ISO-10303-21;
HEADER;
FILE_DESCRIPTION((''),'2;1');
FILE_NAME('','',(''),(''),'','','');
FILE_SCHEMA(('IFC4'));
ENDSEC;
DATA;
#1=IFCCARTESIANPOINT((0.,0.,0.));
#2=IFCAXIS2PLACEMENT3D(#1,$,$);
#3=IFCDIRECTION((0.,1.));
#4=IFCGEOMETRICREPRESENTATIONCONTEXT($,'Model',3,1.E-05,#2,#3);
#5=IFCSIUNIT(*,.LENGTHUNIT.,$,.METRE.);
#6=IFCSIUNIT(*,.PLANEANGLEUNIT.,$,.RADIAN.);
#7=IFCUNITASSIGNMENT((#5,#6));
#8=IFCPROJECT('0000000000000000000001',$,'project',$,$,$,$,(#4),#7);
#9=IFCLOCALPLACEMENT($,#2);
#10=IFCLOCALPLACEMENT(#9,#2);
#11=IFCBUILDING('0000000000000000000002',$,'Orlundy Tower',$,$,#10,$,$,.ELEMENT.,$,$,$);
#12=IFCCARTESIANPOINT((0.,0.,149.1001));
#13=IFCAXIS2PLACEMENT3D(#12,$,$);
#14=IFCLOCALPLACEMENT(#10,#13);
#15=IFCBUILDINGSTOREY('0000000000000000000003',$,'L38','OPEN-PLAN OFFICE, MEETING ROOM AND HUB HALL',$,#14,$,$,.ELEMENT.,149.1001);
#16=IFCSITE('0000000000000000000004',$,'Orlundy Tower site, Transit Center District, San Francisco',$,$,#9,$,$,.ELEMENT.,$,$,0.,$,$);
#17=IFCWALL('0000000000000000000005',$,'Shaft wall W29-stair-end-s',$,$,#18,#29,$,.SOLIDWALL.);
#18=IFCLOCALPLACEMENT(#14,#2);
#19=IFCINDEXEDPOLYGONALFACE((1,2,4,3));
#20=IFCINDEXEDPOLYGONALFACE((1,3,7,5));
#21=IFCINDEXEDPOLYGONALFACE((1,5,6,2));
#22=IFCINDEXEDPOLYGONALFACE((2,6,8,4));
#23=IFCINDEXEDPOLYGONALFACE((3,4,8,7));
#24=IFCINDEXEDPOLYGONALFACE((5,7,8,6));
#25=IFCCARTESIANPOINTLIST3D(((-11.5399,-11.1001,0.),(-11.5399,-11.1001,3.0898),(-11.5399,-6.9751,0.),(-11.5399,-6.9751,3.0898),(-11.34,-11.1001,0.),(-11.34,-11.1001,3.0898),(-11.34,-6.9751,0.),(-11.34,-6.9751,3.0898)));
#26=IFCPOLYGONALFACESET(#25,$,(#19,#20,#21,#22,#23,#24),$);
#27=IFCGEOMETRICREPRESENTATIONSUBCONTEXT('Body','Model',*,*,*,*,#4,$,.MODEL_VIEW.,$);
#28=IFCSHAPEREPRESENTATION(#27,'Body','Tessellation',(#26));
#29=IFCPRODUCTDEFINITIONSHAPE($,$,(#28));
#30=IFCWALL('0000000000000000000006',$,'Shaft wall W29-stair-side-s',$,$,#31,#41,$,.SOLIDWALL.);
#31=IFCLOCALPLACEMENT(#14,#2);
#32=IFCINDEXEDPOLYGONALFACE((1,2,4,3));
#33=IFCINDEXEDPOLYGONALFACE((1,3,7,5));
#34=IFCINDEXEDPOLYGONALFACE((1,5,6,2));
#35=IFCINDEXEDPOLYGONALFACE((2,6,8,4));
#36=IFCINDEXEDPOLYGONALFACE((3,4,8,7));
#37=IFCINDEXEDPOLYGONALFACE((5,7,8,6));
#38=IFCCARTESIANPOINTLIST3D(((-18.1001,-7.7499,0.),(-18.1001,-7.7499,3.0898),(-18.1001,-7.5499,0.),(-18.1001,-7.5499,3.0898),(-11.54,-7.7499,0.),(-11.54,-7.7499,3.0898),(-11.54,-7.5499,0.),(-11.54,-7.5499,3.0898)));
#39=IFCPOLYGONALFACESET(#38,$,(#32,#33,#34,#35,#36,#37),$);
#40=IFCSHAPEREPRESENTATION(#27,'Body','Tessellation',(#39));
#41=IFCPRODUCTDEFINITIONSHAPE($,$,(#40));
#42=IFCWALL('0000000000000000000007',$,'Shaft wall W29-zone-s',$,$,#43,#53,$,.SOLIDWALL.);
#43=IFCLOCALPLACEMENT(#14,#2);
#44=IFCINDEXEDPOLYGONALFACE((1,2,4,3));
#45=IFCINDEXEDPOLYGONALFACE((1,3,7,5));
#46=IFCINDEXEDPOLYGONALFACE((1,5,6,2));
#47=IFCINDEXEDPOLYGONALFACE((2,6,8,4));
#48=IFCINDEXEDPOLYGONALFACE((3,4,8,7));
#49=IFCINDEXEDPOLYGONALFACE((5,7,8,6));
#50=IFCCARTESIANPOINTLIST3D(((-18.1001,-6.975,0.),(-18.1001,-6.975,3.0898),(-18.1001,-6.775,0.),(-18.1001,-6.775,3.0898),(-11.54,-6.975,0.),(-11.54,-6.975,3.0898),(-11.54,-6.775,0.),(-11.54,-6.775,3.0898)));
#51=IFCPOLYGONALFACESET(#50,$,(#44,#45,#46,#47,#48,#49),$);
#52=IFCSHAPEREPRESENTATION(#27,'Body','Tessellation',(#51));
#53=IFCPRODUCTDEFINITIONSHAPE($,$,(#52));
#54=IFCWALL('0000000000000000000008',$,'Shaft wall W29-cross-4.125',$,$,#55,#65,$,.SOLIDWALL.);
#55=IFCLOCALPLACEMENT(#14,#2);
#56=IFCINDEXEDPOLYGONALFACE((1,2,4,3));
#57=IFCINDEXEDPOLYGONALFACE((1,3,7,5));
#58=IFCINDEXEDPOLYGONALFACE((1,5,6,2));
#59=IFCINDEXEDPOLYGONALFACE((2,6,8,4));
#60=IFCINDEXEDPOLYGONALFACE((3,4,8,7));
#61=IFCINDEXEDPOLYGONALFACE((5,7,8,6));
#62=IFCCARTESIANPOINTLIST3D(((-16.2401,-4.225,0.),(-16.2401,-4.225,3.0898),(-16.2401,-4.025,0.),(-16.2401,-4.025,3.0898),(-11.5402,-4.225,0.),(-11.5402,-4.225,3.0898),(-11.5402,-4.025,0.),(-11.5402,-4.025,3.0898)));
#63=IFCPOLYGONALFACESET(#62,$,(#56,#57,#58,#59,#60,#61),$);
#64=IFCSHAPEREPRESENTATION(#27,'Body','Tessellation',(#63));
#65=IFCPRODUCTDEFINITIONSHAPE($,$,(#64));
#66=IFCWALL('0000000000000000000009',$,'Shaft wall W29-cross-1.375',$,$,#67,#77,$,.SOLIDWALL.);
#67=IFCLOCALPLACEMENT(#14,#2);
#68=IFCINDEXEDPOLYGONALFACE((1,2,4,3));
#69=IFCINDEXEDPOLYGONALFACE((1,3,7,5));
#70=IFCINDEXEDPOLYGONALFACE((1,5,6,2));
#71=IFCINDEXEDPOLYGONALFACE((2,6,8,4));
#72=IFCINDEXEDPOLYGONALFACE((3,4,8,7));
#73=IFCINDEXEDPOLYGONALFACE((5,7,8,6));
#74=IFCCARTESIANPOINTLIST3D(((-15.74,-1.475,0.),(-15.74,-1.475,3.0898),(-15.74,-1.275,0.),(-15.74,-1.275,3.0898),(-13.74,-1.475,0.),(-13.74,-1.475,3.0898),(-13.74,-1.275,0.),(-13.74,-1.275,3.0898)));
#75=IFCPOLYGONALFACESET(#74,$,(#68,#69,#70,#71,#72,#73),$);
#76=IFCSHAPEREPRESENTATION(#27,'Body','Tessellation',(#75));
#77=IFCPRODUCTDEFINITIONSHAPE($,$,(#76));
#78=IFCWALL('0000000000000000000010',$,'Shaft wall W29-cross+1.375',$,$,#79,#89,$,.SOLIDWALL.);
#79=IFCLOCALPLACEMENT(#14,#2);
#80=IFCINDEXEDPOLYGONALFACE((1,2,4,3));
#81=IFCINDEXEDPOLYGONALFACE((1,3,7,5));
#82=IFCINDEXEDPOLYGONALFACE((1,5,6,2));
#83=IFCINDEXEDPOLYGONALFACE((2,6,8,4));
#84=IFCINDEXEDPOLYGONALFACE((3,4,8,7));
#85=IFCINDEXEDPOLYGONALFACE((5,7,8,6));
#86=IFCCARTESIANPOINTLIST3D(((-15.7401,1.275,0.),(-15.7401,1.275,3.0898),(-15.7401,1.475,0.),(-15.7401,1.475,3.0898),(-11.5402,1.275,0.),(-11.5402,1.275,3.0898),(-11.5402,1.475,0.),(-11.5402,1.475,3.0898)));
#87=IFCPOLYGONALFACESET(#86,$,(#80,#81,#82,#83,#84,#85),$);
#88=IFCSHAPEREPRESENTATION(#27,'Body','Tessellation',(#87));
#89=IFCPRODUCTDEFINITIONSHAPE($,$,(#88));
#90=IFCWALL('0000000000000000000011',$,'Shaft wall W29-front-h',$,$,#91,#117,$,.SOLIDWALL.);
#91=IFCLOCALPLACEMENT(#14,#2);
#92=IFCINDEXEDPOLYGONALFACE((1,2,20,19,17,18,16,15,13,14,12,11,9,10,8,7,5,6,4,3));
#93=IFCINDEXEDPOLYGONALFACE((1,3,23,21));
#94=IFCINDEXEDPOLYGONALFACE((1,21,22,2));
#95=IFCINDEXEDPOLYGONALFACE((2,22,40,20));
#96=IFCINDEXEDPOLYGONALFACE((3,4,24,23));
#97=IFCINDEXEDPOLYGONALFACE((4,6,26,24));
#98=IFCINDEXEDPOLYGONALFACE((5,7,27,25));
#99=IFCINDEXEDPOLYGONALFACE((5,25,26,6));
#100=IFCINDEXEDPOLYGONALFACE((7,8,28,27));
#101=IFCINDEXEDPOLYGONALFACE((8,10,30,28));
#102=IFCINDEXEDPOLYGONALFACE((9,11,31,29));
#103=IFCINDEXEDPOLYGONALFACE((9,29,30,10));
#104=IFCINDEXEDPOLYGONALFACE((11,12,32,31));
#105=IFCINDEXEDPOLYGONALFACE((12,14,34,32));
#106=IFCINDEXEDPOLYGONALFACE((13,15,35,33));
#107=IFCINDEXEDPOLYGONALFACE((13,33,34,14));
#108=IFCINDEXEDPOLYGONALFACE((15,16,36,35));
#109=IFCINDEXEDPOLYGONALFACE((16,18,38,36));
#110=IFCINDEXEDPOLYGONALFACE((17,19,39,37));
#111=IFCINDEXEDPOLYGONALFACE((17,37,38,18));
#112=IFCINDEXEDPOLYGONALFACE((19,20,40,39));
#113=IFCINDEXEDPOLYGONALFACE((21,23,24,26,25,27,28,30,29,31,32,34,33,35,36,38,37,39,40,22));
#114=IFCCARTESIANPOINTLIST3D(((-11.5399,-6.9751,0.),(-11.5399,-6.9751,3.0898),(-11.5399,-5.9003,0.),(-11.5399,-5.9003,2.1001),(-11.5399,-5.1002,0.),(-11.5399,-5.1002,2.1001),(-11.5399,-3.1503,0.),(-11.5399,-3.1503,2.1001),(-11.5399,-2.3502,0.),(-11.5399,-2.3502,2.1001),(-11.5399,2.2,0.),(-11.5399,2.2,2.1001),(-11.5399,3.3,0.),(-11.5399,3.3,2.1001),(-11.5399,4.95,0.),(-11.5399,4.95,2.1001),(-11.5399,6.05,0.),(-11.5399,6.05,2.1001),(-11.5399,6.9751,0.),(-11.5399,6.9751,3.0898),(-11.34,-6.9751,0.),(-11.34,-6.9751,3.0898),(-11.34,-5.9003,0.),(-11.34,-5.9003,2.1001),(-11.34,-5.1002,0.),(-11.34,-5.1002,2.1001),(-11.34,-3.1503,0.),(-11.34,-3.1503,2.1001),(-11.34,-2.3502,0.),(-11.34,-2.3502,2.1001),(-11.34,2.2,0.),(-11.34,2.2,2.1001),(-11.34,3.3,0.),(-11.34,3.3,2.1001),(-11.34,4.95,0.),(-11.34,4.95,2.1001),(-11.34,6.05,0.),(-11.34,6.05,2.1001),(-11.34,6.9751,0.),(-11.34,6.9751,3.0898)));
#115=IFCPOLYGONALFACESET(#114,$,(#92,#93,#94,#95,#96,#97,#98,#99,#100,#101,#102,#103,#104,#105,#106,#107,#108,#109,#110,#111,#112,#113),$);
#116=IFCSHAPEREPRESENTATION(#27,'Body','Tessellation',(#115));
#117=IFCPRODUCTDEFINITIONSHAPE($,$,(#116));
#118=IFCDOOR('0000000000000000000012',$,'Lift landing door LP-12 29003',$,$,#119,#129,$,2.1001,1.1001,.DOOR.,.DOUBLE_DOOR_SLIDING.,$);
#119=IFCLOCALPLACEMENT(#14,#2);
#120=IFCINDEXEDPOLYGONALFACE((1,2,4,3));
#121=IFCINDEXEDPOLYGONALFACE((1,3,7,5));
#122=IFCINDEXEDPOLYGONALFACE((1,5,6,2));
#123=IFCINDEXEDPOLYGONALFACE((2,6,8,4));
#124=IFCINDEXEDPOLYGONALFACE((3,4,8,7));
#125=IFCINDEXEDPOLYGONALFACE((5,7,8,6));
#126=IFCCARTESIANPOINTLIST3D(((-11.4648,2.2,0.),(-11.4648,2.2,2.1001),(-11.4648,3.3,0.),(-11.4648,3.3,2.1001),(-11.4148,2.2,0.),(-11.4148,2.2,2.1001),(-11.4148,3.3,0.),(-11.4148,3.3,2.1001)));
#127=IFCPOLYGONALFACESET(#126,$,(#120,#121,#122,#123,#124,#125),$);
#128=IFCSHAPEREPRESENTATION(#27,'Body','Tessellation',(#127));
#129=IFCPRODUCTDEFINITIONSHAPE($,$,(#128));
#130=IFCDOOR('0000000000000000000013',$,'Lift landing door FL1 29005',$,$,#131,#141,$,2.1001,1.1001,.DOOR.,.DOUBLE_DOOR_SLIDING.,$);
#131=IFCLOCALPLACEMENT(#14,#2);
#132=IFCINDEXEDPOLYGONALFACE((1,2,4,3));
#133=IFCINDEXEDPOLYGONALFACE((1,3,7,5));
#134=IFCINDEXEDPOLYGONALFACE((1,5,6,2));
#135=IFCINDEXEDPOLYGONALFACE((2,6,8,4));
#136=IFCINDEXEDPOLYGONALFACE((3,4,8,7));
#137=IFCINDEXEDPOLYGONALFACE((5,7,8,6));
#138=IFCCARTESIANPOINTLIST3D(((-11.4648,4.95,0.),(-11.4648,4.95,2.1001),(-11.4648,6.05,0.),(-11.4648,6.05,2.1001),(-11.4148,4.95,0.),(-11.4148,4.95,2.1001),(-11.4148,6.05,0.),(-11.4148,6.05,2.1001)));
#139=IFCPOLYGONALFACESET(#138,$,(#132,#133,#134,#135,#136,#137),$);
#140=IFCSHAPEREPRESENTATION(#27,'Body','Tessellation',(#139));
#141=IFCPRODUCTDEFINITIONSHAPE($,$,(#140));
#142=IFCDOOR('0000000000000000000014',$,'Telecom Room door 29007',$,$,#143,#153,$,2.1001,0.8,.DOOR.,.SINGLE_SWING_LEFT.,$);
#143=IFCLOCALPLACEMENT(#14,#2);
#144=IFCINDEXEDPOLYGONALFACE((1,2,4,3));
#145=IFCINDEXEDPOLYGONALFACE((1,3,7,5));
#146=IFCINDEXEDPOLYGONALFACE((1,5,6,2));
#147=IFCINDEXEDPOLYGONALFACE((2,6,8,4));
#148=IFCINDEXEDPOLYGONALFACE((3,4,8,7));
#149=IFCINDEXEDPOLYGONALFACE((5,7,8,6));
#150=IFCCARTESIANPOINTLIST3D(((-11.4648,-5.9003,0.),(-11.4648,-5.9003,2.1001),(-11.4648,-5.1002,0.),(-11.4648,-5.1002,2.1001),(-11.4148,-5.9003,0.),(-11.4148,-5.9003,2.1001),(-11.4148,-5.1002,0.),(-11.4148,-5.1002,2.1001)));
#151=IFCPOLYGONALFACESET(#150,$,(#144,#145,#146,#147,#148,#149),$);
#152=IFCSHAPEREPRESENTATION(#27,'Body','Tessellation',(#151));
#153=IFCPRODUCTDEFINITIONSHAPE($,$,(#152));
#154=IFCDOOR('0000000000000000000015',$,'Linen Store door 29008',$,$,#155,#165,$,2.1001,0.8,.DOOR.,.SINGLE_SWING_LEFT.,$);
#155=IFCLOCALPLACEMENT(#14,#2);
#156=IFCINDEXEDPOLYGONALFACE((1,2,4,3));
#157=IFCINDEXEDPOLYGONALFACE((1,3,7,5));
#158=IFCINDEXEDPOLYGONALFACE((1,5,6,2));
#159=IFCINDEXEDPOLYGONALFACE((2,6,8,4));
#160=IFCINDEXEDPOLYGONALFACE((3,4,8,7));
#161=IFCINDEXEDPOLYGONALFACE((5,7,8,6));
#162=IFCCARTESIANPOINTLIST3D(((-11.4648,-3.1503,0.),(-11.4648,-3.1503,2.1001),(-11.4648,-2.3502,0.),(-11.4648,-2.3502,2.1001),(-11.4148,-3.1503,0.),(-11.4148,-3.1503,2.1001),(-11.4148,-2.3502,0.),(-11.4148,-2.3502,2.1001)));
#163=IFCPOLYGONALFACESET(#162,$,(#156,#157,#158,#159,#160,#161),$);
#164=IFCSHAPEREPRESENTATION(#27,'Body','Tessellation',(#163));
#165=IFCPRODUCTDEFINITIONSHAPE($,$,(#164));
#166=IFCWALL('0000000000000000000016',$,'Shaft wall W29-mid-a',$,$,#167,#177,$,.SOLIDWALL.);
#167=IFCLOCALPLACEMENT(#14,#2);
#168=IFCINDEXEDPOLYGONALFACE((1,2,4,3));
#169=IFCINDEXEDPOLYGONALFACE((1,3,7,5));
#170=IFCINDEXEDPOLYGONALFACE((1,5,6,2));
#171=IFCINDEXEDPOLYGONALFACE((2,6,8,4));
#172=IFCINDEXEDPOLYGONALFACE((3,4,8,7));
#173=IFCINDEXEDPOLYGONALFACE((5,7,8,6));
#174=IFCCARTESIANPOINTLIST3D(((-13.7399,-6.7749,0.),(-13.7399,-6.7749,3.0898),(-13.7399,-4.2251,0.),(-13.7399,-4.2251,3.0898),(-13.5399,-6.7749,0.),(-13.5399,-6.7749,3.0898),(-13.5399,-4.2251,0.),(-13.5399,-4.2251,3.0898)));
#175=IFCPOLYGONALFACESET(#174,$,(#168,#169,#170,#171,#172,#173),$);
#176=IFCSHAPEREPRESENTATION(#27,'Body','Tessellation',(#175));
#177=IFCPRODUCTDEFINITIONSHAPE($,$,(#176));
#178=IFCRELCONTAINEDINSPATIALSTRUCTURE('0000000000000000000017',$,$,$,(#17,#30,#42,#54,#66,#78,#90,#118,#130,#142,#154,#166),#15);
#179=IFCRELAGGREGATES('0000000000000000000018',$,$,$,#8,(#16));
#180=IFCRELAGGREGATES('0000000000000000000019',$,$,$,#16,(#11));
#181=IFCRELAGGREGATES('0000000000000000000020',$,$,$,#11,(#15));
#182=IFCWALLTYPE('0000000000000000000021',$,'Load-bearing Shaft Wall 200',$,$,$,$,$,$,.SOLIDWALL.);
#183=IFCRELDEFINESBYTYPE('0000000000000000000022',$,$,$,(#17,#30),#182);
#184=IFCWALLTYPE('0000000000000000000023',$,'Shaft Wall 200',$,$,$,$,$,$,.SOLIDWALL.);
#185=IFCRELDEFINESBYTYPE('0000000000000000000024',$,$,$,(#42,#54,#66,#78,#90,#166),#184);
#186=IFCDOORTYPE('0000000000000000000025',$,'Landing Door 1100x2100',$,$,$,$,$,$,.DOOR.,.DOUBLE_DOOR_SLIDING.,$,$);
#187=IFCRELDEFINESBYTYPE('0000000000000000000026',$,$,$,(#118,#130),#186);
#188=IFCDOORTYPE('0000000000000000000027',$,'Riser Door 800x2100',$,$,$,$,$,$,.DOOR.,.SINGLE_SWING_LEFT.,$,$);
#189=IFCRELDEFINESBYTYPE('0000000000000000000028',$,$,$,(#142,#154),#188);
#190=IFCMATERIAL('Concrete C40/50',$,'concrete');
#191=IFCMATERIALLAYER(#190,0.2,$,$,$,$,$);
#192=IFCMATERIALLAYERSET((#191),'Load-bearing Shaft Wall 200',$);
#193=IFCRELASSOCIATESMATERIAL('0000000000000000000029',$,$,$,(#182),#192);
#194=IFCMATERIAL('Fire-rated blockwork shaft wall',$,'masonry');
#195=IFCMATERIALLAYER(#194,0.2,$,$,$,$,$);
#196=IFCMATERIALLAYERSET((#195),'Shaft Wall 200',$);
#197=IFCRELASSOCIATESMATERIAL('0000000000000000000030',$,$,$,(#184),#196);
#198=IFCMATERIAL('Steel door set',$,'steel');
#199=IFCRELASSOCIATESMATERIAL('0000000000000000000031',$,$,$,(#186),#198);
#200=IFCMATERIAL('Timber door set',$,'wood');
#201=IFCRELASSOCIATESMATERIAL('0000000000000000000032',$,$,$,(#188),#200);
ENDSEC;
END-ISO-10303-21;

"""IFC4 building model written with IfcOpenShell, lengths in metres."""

from ifc_helpers import new_model, si_unit, direction, frame, frame_2d, origin, place, context, subcontext, project, spatial, rectangle, extrude, material, layer, layer_set, type_object, element, fill, save


model = new_model("IFC4")

# Units and contexts
model_context = context("Model", 3, precision=1e-05, world=origin(), true_north=direction((0.0, 1.0)))
body_context = subcontext(model_context, "Body", "Model", "MODEL_VIEW")
ifc_project = project(units=[si_unit("LENGTHUNIT", "METRE"), si_unit("PLANEANGLEUNIT", "RADIAN")], contexts=[model_context])

# Site, building, storey
site_placement = place(None, origin())
site = spatial("IfcSite", under=ifc_project, at=site_placement, Name="Orlundy Tower site, Transit Center District, San Francisco", CompositionType="ELEMENT", RefElevation=0.0)
building_placement = place(site_placement, origin())
building = spatial("IfcBuilding", under=site, at=building_placement, Name="Orlundy Tower", CompositionType="ELEMENT")
storey_placement = place(building_placement, frame((0.0, 0.0, 149.1001)))
storey = spatial("IfcBuildingStorey", under=building, at=storey_placement, Name="L38", Description="OPEN-PLAN OFFICE, MEETING ROOM AND HUB HALL", CompositionType="ELEMENT", Elevation=149.1001)

# Walls
ifc_material_1 = material(Name="Concrete C40/50", Category="concrete")
ifc_layer_1 = layer(ifc_material_1, 0.2)
ifc_layer_set_1 = layer_set([ifc_layer_1], Name="Load-bearing Shaft Wall 200")
wall_type_1 = type_object("IfcWallType", Name="Load-bearing Shaft Wall 200", PredefinedType="SOLIDWALL", material=ifc_layer_set_1)
wall_1_placement = place(storey_placement, frame((-11.4399, -11.1001, 0.0), z_axis=(0.0, 0.0, 1.0), x_axis=(0.0, 1.0, 0.0)))
element("IfcWall", 1, at=wall_1_placement, inside=storey, type_object=wall_type_1, Name="Shaft wall W29-stair-end-s", PredefinedType="SOLIDWALL", context=body_context, shape_type="SweptSolid", body=[
    extrude(rectangle(XDim=4.125, YDim=0.2, at=frame_2d((2.0625, 0.0))), origin(), (0.0, 0.0, 1.0), 3.0898),
])
wall_2_placement = place(storey_placement, frame((-11.54, -7.6499, 0.0), z_axis=(0.0, 0.0, 1.0), x_axis=(-1.0, 0.0, 0.0)))
element("IfcWall", 2, at=wall_2_placement, inside=storey, type_object=wall_type_1, Name="Shaft wall W29-stair-side-s", PredefinedType="SOLIDWALL", context=body_context, shape_type="SweptSolid", body=[
    extrude(rectangle(XDim=6.5601, YDim=0.2, at=frame_2d((3.28, 0.0))), origin(), (0.0, 0.0, 1.0), 3.0898),
])
ifc_material_2 = material(Name="Fire-rated blockwork shaft wall", Category="masonry")
ifc_layer_2 = layer(ifc_material_2, 0.2)
ifc_layer_set_2 = layer_set([ifc_layer_2], Name="Shaft Wall 200")
wall_type_2 = type_object("IfcWallType", Name="Shaft Wall 200", PredefinedType="SOLIDWALL", material=ifc_layer_set_2)
wall_3_placement = place(storey_placement, frame((-11.54, -6.875, 0.0), z_axis=(0.0, 0.0, 1.0), x_axis=(-1.0, 0.0, 0.0)))
element("IfcWall", 3, at=wall_3_placement, inside=storey, type_object=wall_type_2, Name="Shaft wall W29-zone-s", PredefinedType="SOLIDWALL", context=body_context, shape_type="SweptSolid", body=[
    extrude(rectangle(XDim=6.5601, YDim=0.2, at=frame_2d((3.28, 0.0))), origin(), (0.0, 0.0, 1.0), 3.0898),
])
wall_4_placement = place(storey_placement, frame((-11.54, -4.125, 0.0), z_axis=(0.0, 0.0, 1.0), x_axis=(-1.0, 0.0, 0.0)))
element("IfcWall", 4, at=wall_4_placement, inside=storey, type_object=wall_type_2, Name="Shaft wall W29-cross-4.125", PredefinedType="SOLIDWALL", context=body_context, shape_type="SweptSolid", body=[
    extrude(rectangle(XDim=4.7, YDim=0.2, at=frame_2d((2.3501, 0.0))), origin(), (0.0, 0.0, 1.0), 3.0898),
])
wall_5_placement = place(storey_placement, frame((-13.74, -1.375, 0.0), z_axis=(0.0, 0.0, 1.0), x_axis=(-1.0, 0.0, 0.0)))
element("IfcWall", 5, at=wall_5_placement, inside=storey, type_object=wall_type_2, Name="Shaft wall W29-cross-1.375", PredefinedType="SOLIDWALL", context=body_context, shape_type="SweptSolid", body=[
    extrude(rectangle(XDim=2.0, YDim=0.2, at=frame_2d((1.0, 0.0))), origin(), (0.0, 0.0, 1.0), 3.0898),
])
wall_6_placement = place(storey_placement, frame((-11.54, 1.375, 0.0), z_axis=(0.0, 0.0, 1.0), x_axis=(-1.0, 0.0, 0.0)))
element("IfcWall", 6, at=wall_6_placement, inside=storey, type_object=wall_type_2, Name="Shaft wall W29-cross+1.375", PredefinedType="SOLIDWALL", context=body_context, shape_type="SweptSolid", body=[
    extrude(rectangle(XDim=4.2, YDim=0.2, at=frame_2d((2.1001, 0.0))), origin(), (0.0, 0.0, 1.0), 3.0898),
])

# Wall, openings, doors
wall_7_placement = place(storey_placement, frame((-11.4399, -6.9751, 0.0), z_axis=(0.0, 0.0, 1.0), x_axis=(0.0, 1.0, 0.0)))
wall_7 = element("IfcWall", 7, at=wall_7_placement, inside=storey, type_object=wall_type_2, Name="Shaft wall W29-front-h", PredefinedType="SOLIDWALL", context=body_context, shape_type="SweptSolid", body=[
    extrude(rectangle(XDim=13.9502, YDim=0.2, at=frame_2d((6.9751, 0.0))), origin(), (0.0, 0.0, 1.0), 3.0898),
])
opening_1_placement = place(wall_7_placement, frame((9.175, 0.0, 0.0)))
opening_1 = element("IfcOpeningElement", 8, at=opening_1_placement, cuts=wall_7, PredefinedType="OPENING", context=body_context, shape_type="SweptSolid", body=[
    extrude(rectangle(XDim=1.1001, YDim=2.1001, at=frame_2d((0.55, 1.05))), frame((0.0, 0.1101, 0.0), z_axis=(0.0, -1.0, 0.0), x_axis=(1.0, 0.0, 0.0)), (0.0, 0.0, 1.0), 0.2202),
])
opening_2_placement = place(wall_7_placement, frame((11.925, 0.0, 0.0)))
opening_2 = element("IfcOpeningElement", 9, at=opening_2_placement, cuts=wall_7, PredefinedType="OPENING", context=body_context, shape_type="SweptSolid", body=[
    extrude(rectangle(XDim=1.1001, YDim=2.1001, at=frame_2d((0.55, 1.05))), frame((0.0, 0.1101, 0.0), z_axis=(0.0, -1.0, 0.0), x_axis=(1.0, 0.0, 0.0)), (0.0, 0.0, 1.0), 0.2202),
])
opening_3_placement = place(wall_7_placement, frame((1.075, 0.0, 0.0)))
opening_3 = element("IfcOpeningElement", 10, at=opening_3_placement, cuts=wall_7, PredefinedType="OPENING", context=body_context, shape_type="SweptSolid", body=[
    extrude(rectangle(XDim=0.8, YDim=2.1001, at=frame_2d((0.3999, 1.05))), frame((0.0, 0.1101, 0.0), z_axis=(0.0, -1.0, 0.0), x_axis=(1.0, 0.0, 0.0)), (0.0, 0.0, 1.0), 0.2202),
])
opening_4_placement = place(wall_7_placement, frame((3.825, 0.0, 0.0)))
opening_4 = element("IfcOpeningElement", 11, at=opening_4_placement, cuts=wall_7, PredefinedType="OPENING", context=body_context, shape_type="SweptSolid", body=[
    extrude(rectangle(XDim=0.8, YDim=2.1001, at=frame_2d((0.3999, 1.05))), frame((0.0, 0.1101, 0.0), z_axis=(0.0, -1.0, 0.0), x_axis=(1.0, 0.0, 0.0)), (0.0, 0.0, 1.0), 0.2202),
])
ifc_material_3 = material(Name="Steel door set", Category="steel")
door_type_1 = type_object("IfcDoorType", Name="Landing Door 1100x2100", OperationType="DOUBLE_DOOR_SLIDING", PredefinedType="DOOR", material=ifc_material_3)
door_1_placement = place(opening_1_placement, origin())
door_1 = element("IfcDoor", 12, at=door_1_placement, inside=storey, type_object=door_type_1, Name="Lift landing door LP-12 29003", OperationType="DOUBLE_DOOR_SLIDING", OverallHeight=2.1001, OverallWidth=1.1001, PredefinedType="DOOR", context=body_context, shape_type="SweptSolid", body=[
    extrude(rectangle(XDim=1.1001, YDim=2.1001, at=frame_2d((0.55, 1.05))), frame((0.0, 0.0249, 0.0), z_axis=(0.0, -1.0, 0.0), x_axis=(1.0, 0.0, 0.0)), (0.0, 0.0, 1.0), 0.05),
])
fill(opening_1, door_1)
door_2_placement = place(opening_2_placement, origin())
door_2 = element("IfcDoor", 13, at=door_2_placement, inside=storey, type_object=door_type_1, Name="Lift landing door FL1 29005", OperationType="DOUBLE_DOOR_SLIDING", OverallHeight=2.1001, OverallWidth=1.1001, PredefinedType="DOOR", context=body_context, shape_type="SweptSolid", body=[
    extrude(rectangle(XDim=1.1001, YDim=2.1001, at=frame_2d((0.55, 1.05))), frame((0.0, 0.0249, 0.0), z_axis=(0.0, -1.0, 0.0), x_axis=(1.0, 0.0, 0.0)), (0.0, 0.0, 1.0), 0.05),
])
fill(opening_2, door_2)
ifc_material_4 = material(Name="Timber door set", Category="wood")
door_type_2 = type_object("IfcDoorType", Name="Riser Door 800x2100", OperationType="SINGLE_SWING_LEFT", PredefinedType="DOOR", material=ifc_material_4)
door_3_placement = place(opening_3_placement, origin())
door_3 = element("IfcDoor", 14, at=door_3_placement, inside=storey, type_object=door_type_2, Name="Telecom Room door 29007", OperationType="SINGLE_SWING_LEFT", OverallHeight=2.1001, OverallWidth=0.8, PredefinedType="DOOR", context=body_context, shape_type="SweptSolid", body=[
    extrude(rectangle(XDim=0.8, YDim=2.1001, at=frame_2d((0.3999, 1.05))), frame((0.0, 0.0249, 0.0), z_axis=(0.0, -1.0, 0.0), x_axis=(1.0, 0.0, 0.0)), (0.0, 0.0, 1.0), 0.05),
])
fill(opening_3, door_3)
door_4_placement = place(opening_4_placement, origin())
door_4 = element("IfcDoor", 15, at=door_4_placement, inside=storey, type_object=door_type_2, Name="Linen Store door 29008", OperationType="SINGLE_SWING_LEFT", OverallHeight=2.1001, OverallWidth=0.8, PredefinedType="DOOR", context=body_context, shape_type="SweptSolid", body=[
    extrude(rectangle(XDim=0.8, YDim=2.1001, at=frame_2d((0.3999, 1.05))), frame((0.0, 0.0249, 0.0), z_axis=(0.0, -1.0, 0.0), x_axis=(1.0, 0.0, 0.0)), (0.0, 0.0, 1.0), 0.05),
])
fill(opening_4, door_4)

# Wall
wall_8_placement = place(storey_placement, frame((-13.6399, -6.7749, 0.0), z_axis=(0.0, 0.0, 1.0), x_axis=(0.0, 1.0, 0.0)))
element("IfcWall", 16, at=wall_8_placement, inside=storey, type_object=wall_type_2, Name="Shaft wall W29-mid-a", PredefinedType="SOLIDWALL", context=body_context, shape_type="SweptSolid", body=[
    extrude(rectangle(XDim=2.5498, YDim=0.2, at=frame_2d((1.2749, 0.0))), origin(), (0.0, 0.0, 1.0), 3.0898),
])

save(model, "model.ifc")
